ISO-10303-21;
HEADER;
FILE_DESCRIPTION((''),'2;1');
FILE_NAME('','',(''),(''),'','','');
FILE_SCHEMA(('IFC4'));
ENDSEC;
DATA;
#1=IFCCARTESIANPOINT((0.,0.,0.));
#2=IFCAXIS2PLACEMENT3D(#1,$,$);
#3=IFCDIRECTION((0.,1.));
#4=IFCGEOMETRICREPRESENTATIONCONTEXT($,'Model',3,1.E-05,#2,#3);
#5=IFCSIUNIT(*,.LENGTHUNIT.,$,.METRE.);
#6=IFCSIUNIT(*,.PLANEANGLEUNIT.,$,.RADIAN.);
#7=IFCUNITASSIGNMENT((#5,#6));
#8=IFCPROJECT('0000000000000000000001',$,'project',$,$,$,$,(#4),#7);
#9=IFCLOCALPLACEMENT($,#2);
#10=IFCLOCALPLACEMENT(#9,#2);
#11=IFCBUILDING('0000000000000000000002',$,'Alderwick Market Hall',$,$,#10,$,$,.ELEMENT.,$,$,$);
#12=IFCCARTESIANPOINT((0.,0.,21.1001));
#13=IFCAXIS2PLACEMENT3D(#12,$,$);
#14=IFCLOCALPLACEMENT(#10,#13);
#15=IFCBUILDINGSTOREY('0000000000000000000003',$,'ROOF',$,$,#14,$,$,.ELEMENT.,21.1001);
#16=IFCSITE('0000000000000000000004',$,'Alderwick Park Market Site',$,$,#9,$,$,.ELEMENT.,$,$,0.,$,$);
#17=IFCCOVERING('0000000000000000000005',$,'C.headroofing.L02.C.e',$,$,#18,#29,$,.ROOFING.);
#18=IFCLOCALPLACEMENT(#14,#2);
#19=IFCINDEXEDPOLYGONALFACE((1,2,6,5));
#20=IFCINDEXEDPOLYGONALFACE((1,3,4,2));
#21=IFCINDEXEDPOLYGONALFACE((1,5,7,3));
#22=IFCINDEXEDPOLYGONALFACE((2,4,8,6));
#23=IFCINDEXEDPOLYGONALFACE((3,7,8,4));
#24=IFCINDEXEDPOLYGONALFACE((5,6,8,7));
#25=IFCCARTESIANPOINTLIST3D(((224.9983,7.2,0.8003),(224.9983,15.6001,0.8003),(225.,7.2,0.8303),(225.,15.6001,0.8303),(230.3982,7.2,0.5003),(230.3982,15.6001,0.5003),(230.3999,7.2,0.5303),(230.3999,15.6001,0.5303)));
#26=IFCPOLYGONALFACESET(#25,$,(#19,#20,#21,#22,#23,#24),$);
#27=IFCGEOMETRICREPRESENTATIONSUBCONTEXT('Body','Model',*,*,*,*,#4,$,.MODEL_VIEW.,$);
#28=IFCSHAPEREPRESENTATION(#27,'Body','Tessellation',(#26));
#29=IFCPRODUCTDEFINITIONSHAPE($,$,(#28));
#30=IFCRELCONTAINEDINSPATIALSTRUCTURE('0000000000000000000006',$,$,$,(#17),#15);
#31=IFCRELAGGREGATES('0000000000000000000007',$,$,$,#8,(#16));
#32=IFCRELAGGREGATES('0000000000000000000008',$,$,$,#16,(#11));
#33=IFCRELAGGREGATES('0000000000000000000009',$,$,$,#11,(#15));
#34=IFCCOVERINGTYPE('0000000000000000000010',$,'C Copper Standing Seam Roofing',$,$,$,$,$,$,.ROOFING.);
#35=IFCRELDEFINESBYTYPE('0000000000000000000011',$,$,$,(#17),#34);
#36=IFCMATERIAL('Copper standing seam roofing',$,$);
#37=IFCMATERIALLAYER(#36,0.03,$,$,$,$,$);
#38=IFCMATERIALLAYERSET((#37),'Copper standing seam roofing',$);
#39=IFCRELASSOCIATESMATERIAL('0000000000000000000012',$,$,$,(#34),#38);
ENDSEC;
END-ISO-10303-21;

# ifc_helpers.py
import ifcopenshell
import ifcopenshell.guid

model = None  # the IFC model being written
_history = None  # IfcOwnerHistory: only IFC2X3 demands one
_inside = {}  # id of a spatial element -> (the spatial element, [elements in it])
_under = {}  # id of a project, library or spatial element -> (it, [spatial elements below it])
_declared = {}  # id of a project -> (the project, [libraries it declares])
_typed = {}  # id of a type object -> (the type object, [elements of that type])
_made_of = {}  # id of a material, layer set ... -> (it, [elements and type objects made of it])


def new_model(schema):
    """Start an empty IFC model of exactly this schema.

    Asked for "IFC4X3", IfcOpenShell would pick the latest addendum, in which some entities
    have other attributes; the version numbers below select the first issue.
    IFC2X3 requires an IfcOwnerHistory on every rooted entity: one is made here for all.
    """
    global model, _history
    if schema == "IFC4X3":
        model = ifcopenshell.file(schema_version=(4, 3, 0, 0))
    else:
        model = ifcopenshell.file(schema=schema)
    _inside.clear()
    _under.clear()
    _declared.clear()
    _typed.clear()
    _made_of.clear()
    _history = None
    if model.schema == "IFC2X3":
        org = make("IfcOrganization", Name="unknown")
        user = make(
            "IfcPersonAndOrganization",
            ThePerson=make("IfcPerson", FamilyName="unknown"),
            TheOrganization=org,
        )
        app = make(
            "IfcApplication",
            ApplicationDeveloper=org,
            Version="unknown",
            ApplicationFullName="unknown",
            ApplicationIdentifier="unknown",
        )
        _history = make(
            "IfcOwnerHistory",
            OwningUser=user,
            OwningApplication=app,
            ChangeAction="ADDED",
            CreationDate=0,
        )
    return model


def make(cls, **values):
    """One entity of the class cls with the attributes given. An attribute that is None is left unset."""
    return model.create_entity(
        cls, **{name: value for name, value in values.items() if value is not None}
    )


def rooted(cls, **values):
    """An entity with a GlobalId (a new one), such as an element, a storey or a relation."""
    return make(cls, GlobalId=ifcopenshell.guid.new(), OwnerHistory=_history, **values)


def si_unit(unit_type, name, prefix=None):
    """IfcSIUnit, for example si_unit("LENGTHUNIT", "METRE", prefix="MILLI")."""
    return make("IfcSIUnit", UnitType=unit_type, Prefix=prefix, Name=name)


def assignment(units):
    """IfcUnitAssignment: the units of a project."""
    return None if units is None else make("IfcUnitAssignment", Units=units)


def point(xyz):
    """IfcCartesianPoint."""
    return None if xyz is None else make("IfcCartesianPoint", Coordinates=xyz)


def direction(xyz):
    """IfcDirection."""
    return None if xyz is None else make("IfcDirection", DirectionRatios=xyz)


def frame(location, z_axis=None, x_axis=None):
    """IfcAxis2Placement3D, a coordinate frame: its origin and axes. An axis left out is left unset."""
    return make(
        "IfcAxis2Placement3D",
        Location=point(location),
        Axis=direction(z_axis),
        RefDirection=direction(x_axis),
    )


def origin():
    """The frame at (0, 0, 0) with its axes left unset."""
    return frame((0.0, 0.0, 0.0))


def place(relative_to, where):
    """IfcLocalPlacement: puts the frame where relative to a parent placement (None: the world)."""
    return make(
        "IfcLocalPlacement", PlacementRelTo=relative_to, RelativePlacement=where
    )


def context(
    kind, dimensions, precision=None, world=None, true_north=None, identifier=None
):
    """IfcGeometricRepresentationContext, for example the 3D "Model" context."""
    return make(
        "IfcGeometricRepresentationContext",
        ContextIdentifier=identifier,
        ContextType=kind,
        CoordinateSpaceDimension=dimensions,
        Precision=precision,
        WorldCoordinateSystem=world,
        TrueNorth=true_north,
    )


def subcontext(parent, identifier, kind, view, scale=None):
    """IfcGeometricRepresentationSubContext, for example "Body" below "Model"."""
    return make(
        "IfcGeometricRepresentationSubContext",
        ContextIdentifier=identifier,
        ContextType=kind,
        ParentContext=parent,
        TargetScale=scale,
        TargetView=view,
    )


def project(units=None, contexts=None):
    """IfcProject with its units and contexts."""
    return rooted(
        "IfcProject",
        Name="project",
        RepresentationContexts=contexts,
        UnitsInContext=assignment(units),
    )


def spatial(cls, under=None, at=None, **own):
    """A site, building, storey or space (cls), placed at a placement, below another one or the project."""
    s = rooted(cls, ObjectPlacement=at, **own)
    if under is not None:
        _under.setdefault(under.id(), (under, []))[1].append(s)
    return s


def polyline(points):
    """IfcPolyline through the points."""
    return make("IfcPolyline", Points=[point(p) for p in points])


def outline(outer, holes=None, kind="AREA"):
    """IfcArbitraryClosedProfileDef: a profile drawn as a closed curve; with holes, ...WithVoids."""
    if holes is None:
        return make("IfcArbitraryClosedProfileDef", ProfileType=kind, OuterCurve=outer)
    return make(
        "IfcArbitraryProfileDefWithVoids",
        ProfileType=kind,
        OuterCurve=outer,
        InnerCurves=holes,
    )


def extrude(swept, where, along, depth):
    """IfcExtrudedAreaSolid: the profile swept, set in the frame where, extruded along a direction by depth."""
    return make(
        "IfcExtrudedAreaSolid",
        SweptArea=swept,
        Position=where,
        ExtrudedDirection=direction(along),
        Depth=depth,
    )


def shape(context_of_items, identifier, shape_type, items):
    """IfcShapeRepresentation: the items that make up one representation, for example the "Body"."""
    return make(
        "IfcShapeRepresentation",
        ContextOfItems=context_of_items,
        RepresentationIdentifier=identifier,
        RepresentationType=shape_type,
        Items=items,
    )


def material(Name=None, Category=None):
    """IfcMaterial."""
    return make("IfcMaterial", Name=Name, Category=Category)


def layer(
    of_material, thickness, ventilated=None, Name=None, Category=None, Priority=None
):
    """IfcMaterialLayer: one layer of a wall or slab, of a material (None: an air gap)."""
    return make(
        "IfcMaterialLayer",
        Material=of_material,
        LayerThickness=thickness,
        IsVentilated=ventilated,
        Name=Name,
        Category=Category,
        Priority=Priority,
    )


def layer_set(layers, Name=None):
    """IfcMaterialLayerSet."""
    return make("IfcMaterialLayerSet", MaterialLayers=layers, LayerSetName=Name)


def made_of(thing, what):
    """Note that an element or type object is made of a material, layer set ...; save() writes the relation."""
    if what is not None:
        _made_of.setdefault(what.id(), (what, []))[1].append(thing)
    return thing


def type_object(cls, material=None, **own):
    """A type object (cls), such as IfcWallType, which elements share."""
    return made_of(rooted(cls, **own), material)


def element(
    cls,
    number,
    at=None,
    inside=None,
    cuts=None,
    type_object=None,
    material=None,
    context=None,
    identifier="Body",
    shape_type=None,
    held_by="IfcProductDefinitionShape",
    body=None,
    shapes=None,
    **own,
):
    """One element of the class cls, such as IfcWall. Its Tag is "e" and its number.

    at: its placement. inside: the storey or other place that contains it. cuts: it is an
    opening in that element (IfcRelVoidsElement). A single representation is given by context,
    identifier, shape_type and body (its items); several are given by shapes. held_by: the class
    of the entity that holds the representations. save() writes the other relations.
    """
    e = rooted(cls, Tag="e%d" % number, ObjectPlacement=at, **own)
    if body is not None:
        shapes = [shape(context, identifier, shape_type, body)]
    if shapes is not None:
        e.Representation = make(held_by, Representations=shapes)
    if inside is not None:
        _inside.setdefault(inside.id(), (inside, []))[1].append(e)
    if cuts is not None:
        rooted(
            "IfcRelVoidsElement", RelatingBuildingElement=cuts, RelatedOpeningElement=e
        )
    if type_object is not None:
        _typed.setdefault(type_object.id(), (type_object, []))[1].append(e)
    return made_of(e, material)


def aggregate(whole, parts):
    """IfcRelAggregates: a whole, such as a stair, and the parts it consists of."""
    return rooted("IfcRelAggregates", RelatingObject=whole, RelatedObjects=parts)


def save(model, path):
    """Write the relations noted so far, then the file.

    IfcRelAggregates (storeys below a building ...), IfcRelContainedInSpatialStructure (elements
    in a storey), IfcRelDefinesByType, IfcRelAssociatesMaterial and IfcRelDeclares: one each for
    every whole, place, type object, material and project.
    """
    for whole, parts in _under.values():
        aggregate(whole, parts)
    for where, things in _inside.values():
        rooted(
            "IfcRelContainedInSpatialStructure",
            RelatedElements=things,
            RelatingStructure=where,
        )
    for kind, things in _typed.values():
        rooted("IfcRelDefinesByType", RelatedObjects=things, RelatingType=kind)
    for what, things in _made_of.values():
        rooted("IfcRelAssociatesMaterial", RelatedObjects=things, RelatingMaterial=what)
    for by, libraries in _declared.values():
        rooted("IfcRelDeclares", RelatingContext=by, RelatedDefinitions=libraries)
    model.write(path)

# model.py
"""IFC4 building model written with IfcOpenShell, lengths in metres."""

from ifc_helpers import new_model, si_unit, direction, frame, origin, place, context, subcontext, project, spatial, polyline, outline, extrude, material, layer, layer_set, type_object, element, save


model = new_model("IFC4")

# Units and contexts
model_context = context("Model", 3, precision=1e-05, world=origin(), true_north=direction((0.0, 1.0)))
body_context = subcontext(model_context, "Body", "Model", "MODEL_VIEW")
ifc_project = project(units=[si_unit("LENGTHUNIT", "METRE"), si_unit("PLANEANGLEUNIT", "RADIAN")], contexts=[model_context])

# Site, building, storey
site_placement = place(None, origin())
site = spatial("IfcSite", under=ifc_project, at=site_placement, Name="Alderwick Park Market Site", CompositionType="ELEMENT", RefElevation=0.0)
building_placement = place(site_placement, origin())
building = spatial("IfcBuilding", under=site, at=building_placement, Name="Alderwick Market Hall", CompositionType="ELEMENT")
storey_placement = place(building_placement, frame((0.0, 0.0, 21.1001)))
storey = spatial("IfcBuildingStorey", under=building, at=storey_placement, Name="ROOF", CompositionType="ELEMENT", Elevation=21.1001)

# Covering
ifc_material_1 = material(Name="Copper standing seam roofing")
ifc_layer_1 = layer(ifc_material_1, 0.03)
ifc_layer_set_1 = layer_set([ifc_layer_1], Name="Copper standing seam roofing")
covering_type = type_object("IfcCoveringType", Name="C Copper Standing Seam Roofing", PredefinedType="ROOFING", material=ifc_layer_set_1)
covering_1_placement = place(storey_placement, frame((230.3999, 15.6001, 0.5303), z_axis=(0.05548, 0.0, 0.99846), x_axis=(-0.99846, 0.0, 0.05548)))
element("IfcCovering", 1, at=covering_1_placement, inside=storey, type_object=covering_type, Name="C.headroofing.L02.C.e", PredefinedType="ROOFING", context=body_context, shape_type="SweptSolid", body=[
    extrude(outline(polyline([(0.0, 0.0), (5.4082, 0.0), (5.4082, 8.4001), (0.0, 8.4001), (0.0, 0.0)])), origin(), (0.0, 0.0, -1.0), 0.03),
])

save(model, "model.ifc")
